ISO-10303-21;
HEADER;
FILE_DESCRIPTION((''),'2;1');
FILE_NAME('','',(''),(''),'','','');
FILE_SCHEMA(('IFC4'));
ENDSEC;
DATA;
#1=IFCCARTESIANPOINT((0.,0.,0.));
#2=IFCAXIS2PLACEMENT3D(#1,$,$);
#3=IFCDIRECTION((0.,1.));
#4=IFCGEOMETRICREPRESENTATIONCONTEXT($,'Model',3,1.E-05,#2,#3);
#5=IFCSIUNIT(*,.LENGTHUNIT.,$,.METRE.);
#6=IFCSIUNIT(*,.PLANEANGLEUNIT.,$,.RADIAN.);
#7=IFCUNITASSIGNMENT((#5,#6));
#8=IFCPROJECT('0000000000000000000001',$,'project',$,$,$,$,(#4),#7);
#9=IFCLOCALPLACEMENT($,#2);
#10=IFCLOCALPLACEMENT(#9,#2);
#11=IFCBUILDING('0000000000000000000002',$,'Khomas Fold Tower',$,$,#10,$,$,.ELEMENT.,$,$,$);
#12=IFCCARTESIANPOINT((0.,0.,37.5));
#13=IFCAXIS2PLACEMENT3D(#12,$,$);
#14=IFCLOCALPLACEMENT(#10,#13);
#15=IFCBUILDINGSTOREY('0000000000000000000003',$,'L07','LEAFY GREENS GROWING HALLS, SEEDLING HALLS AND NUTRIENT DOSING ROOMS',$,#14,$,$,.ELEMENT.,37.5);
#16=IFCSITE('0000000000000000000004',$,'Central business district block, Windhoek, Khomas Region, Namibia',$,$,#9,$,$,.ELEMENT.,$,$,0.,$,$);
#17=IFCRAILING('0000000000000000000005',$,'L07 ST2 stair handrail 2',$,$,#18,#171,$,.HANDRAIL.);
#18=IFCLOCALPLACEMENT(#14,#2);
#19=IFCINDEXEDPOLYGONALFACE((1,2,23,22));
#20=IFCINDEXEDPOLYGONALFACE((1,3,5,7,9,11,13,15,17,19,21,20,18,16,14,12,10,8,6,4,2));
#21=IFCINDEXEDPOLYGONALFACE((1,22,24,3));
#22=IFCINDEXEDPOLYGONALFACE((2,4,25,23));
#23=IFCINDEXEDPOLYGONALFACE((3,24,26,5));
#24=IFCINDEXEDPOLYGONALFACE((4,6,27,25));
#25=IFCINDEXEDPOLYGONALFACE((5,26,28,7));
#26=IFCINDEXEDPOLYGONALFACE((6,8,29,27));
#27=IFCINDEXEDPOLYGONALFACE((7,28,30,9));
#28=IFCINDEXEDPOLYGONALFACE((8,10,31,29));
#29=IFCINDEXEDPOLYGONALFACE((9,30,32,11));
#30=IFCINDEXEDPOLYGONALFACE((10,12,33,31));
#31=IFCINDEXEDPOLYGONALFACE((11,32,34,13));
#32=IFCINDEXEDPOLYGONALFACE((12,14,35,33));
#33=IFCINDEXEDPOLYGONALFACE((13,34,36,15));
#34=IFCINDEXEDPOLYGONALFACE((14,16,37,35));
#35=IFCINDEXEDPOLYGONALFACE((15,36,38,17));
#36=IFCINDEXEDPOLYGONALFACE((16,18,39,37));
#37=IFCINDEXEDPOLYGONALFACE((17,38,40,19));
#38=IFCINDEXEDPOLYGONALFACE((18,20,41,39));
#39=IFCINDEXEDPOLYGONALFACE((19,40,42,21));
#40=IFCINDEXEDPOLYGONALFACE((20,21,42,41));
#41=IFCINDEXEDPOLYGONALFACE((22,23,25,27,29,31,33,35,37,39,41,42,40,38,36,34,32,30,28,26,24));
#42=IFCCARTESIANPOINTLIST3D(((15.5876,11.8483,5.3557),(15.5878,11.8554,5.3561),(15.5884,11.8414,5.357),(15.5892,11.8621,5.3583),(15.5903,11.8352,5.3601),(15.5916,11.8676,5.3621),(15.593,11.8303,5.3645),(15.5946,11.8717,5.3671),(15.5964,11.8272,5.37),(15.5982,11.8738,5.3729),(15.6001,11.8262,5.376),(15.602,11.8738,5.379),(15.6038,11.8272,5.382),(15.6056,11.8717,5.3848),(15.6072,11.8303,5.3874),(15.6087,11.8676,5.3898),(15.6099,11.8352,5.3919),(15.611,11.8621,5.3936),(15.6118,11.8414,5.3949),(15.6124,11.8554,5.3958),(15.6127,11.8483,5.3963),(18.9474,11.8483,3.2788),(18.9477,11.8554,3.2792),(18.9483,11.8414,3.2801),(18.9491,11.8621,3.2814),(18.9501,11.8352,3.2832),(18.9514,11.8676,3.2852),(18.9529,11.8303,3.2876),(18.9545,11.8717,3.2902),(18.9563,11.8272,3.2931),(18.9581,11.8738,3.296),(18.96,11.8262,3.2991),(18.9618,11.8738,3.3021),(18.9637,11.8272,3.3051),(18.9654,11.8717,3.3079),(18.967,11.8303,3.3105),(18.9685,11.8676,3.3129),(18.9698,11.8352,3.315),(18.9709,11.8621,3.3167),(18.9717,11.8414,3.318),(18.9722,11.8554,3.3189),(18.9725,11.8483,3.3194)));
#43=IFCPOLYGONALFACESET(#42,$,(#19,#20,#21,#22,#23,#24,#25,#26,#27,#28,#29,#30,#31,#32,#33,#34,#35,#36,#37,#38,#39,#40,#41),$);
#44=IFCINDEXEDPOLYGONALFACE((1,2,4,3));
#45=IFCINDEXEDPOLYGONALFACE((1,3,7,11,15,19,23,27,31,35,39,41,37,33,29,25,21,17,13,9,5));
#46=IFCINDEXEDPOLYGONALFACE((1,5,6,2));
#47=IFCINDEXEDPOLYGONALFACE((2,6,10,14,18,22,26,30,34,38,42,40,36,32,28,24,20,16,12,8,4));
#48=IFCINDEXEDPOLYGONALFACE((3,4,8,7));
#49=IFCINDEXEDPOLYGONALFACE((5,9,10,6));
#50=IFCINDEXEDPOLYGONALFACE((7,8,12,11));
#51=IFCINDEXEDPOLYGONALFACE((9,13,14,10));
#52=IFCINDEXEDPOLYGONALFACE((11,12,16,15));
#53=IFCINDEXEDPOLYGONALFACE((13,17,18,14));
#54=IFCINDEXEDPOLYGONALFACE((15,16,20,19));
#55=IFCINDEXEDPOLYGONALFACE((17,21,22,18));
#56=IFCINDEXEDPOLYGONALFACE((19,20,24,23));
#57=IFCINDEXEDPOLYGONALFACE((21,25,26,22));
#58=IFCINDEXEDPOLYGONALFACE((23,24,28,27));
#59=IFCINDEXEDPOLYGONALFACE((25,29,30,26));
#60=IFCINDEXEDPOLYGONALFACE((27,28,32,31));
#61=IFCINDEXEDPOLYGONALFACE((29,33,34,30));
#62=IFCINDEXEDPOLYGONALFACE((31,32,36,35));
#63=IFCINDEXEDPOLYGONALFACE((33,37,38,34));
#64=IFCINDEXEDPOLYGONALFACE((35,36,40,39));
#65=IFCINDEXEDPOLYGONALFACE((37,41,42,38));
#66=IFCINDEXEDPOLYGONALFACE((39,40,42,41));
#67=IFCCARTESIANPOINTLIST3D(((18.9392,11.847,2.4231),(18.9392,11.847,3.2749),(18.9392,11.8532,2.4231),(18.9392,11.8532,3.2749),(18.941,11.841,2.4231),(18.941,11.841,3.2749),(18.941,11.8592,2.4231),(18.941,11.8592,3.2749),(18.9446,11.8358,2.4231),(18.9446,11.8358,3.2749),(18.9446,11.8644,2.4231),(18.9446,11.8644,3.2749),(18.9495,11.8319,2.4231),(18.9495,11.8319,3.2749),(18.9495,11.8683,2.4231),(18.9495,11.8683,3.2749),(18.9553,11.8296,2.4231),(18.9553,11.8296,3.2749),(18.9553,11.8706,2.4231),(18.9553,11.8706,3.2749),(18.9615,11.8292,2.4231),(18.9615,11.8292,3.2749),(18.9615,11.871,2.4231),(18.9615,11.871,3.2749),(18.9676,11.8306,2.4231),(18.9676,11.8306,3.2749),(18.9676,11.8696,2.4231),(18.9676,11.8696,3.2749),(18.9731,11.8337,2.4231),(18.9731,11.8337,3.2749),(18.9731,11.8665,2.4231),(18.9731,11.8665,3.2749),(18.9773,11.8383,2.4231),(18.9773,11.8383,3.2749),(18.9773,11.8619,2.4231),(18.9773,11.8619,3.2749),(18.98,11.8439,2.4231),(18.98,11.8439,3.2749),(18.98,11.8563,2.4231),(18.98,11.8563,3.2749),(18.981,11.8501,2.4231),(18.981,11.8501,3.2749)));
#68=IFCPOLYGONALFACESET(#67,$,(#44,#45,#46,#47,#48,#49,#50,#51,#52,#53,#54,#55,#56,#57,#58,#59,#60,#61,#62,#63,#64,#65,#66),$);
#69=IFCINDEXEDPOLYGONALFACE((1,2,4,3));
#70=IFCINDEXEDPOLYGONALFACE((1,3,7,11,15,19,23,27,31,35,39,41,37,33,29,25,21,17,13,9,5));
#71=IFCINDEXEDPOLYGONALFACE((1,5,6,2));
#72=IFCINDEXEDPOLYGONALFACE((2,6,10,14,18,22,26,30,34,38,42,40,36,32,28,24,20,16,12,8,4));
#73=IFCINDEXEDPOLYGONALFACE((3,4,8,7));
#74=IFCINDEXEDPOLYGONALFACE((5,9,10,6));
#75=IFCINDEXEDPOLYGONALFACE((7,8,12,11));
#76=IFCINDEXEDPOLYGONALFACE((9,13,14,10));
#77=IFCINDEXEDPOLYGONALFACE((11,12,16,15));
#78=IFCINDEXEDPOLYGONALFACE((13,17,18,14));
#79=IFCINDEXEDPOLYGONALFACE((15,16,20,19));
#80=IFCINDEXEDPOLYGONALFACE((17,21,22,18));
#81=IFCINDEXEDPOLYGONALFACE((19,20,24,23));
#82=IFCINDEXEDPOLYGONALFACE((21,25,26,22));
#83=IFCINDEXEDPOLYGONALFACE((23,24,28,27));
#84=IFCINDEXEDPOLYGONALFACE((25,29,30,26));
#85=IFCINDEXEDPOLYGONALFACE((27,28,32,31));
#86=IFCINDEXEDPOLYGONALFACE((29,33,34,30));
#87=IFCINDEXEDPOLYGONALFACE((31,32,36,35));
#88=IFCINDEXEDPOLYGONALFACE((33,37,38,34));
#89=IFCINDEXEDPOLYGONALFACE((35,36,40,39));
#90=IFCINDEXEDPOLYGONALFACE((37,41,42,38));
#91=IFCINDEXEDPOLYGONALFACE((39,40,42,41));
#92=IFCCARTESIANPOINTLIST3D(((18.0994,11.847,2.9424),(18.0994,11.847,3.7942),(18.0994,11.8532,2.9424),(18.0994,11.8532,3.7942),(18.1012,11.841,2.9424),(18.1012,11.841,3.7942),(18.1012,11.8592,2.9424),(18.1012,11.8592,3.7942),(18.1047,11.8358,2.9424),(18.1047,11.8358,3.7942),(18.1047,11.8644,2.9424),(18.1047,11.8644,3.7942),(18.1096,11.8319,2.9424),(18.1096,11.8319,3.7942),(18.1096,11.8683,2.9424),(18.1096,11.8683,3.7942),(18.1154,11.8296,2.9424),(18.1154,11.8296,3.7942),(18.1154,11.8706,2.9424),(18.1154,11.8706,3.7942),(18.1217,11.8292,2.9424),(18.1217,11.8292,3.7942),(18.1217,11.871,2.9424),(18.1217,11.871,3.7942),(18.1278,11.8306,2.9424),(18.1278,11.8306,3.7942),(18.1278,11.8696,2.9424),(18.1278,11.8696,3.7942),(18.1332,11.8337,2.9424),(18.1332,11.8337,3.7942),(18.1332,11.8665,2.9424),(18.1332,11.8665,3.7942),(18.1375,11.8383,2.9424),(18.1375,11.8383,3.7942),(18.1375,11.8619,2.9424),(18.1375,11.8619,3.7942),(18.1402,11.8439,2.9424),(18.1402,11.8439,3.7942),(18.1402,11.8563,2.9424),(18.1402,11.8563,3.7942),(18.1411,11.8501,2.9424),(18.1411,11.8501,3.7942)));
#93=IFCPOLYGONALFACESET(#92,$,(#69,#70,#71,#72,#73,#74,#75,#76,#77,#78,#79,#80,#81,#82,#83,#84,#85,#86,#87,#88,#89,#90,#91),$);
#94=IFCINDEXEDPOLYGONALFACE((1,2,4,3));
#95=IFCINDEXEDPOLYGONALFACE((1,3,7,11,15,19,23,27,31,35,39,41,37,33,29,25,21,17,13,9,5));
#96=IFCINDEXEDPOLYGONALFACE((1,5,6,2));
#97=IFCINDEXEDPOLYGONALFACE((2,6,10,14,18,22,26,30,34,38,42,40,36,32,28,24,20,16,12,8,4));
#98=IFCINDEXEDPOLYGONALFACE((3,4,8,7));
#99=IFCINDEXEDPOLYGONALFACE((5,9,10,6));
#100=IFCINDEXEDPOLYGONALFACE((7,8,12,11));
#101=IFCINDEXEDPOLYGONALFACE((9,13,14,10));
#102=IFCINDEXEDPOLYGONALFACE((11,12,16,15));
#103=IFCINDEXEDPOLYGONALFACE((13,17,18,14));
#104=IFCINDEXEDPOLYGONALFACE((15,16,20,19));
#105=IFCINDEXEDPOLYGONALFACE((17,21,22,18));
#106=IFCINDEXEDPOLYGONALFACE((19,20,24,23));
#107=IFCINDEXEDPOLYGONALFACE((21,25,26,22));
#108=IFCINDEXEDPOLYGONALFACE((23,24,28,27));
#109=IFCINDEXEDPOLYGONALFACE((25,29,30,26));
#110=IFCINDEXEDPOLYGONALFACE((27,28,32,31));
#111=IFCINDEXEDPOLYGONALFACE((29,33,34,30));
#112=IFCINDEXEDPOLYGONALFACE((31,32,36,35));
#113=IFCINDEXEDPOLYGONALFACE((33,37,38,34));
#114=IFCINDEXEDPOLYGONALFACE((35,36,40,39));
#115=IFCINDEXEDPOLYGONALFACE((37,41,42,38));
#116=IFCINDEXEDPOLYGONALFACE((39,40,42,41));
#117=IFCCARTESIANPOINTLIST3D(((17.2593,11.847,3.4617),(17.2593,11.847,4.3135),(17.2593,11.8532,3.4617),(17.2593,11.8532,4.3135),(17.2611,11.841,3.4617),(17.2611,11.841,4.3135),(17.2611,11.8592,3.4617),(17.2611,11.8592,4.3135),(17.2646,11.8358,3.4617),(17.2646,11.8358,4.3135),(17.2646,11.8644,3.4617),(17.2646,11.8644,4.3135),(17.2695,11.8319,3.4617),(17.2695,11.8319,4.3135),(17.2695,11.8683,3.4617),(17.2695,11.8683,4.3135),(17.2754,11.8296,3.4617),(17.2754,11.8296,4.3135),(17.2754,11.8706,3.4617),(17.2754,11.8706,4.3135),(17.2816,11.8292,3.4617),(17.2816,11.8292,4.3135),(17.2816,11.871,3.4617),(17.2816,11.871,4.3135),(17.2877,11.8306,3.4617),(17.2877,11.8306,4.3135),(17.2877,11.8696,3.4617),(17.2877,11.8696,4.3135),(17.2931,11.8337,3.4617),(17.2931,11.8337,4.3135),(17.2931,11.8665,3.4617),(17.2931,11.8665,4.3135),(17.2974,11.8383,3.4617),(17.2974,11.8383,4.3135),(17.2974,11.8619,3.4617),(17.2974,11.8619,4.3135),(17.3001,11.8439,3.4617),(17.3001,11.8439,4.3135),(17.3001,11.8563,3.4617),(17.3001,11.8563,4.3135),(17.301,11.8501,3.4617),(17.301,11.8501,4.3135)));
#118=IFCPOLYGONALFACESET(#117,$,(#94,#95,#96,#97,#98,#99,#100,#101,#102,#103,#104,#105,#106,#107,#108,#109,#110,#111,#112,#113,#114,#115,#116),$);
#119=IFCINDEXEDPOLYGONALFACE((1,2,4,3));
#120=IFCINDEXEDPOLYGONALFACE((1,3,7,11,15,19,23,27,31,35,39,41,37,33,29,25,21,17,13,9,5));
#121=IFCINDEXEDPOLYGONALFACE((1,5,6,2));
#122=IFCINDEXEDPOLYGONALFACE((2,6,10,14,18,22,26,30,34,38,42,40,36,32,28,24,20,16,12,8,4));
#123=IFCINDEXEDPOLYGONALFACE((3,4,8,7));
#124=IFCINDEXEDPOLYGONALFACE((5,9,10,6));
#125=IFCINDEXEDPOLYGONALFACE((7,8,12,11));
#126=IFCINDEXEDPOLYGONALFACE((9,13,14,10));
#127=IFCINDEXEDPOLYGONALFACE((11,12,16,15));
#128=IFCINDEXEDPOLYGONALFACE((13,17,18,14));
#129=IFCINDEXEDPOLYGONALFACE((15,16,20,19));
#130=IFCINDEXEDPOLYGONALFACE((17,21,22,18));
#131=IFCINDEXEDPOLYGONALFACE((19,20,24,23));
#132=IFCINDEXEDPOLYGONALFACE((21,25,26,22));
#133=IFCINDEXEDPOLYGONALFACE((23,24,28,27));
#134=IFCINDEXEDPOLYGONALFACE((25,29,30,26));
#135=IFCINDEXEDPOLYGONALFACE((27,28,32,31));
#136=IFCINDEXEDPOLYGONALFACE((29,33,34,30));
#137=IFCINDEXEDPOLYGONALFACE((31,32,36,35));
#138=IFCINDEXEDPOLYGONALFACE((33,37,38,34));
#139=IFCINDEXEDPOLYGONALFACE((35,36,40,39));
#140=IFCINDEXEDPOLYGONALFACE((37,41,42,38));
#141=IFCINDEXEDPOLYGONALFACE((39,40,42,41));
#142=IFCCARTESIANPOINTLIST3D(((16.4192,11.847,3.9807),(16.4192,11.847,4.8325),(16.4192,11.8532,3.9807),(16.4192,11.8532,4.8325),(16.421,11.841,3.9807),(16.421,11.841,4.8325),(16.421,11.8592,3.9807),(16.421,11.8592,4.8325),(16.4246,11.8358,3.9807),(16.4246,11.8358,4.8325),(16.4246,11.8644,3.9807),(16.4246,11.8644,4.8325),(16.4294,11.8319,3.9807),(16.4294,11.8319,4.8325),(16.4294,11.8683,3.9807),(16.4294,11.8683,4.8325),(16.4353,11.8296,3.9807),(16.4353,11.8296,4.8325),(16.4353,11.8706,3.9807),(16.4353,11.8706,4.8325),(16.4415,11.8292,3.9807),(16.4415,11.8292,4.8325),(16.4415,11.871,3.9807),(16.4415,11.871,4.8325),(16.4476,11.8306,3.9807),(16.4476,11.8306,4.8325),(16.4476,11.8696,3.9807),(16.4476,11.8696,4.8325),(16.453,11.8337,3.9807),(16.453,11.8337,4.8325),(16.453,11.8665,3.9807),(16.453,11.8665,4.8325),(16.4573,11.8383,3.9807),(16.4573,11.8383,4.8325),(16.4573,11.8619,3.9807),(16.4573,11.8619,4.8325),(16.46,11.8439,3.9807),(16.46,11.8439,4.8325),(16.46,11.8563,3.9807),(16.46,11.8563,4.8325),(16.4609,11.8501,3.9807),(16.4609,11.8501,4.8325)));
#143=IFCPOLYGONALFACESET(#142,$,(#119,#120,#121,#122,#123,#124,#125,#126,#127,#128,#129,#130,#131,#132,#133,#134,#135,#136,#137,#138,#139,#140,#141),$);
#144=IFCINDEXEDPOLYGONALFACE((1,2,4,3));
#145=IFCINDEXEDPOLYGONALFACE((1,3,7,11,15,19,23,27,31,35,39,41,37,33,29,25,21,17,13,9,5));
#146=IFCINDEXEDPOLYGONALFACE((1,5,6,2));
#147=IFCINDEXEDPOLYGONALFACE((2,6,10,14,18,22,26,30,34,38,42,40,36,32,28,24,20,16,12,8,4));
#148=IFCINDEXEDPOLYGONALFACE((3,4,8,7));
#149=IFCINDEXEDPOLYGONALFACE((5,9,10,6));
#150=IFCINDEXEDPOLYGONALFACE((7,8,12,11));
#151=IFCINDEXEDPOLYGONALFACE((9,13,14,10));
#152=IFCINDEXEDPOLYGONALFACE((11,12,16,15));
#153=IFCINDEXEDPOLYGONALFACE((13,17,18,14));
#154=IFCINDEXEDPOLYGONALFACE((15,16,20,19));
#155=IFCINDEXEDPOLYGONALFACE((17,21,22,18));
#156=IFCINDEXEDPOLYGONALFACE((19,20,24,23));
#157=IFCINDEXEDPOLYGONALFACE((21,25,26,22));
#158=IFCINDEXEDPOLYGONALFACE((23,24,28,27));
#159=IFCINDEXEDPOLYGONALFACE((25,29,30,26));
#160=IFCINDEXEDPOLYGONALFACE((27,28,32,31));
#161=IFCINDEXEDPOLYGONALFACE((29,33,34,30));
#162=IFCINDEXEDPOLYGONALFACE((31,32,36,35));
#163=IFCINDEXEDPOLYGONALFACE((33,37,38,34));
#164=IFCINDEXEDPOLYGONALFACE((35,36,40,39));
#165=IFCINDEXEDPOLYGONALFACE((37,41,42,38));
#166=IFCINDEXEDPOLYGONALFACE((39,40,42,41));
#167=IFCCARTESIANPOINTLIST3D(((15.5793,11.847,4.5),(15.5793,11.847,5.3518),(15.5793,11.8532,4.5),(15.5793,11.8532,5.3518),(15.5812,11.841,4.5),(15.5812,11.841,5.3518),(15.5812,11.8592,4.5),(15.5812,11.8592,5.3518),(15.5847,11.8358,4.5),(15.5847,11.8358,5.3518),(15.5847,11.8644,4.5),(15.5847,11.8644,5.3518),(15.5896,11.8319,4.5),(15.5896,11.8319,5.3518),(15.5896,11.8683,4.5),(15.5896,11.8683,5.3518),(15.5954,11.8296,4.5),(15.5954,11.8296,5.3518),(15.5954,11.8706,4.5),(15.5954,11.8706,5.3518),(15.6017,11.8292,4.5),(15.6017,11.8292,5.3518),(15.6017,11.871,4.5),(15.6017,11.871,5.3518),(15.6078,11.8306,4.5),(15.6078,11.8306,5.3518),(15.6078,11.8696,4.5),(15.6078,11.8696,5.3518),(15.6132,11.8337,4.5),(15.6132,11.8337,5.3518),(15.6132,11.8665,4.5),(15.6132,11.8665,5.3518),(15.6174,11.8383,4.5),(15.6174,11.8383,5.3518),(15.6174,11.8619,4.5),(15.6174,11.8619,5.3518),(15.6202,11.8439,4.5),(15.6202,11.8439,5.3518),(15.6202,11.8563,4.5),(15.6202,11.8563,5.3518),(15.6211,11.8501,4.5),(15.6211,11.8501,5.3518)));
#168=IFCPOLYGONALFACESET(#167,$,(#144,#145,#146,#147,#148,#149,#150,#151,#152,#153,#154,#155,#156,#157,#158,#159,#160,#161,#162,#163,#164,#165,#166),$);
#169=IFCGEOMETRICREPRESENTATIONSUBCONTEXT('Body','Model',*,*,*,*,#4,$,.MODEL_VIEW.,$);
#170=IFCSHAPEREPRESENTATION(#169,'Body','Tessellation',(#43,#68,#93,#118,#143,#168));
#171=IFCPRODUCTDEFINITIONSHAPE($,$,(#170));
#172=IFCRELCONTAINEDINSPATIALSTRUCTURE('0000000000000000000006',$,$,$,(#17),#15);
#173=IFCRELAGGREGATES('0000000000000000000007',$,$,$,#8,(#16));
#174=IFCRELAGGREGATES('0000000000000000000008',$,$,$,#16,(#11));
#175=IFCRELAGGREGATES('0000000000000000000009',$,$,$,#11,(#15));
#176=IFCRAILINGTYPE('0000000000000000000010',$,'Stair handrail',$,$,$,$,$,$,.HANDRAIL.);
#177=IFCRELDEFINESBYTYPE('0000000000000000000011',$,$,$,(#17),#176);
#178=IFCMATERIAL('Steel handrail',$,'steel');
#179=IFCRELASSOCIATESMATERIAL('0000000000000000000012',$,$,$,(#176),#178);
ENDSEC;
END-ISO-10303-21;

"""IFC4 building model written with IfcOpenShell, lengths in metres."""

from ifc_helpers import new_model, si_unit, direction, frame, origin, origin_2d, place, context, subcontext, project, spatial, circle, extrude, source, transform, mapped, material, type_object, element, save


model = new_model("IFC4")

# Units and contexts
model_context = context("Model", 3, precision=1e-05, world=origin(), true_north=direction((0.0, 1.0)))
body_context = subcontext(model_context, "Body", "Model", "MODEL_VIEW")
ifc_project = project(units=[si_unit("LENGTHUNIT", "METRE"), si_unit("PLANEANGLEUNIT", "RADIAN")], contexts=[model_context])

# Site, building, storey
site_placement = place(None, origin())
site = spatial("IfcSite", under=ifc_project, at=site_placement, Name="Central business district block, Windhoek, Khomas Region, Namibia", CompositionType="ELEMENT", RefElevation=0.0)
building_placement = place(site_placement, origin())
building = spatial("IfcBuilding", under=site, at=building_placement, Name="Khomas Fold Tower", CompositionType="ELEMENT")
storey_placement = place(building_placement, frame((0.0, 0.0, 37.5)))
storey = spatial("IfcBuildingStorey", under=building, at=storey_placement, Name="L07", Description="LEAFY GREENS GROWING HALLS, SEEDLING HALLS AND NUTRIENT DOSING ROOMS", CompositionType="ELEMENT", Elevation=37.5)

# Railing
ifc_material_1 = material(Name="Steel handrail", Category="steel")
railing_type_1 = type_object("IfcRailingType", Name="Stair handrail", PredefinedType="HANDRAIL", material=ifc_material_1)
shared_shape_1 = source(origin(), body_context, "Body", "SweptSolid", [
    extrude(circle(Radius=0.0239, at=origin_2d()), frame((0.0, 0.0, 0.876), z_axis=(-0.850606, 0.0, 0.525803), x_axis=(0.0, -1.0, 0.0)), (0.0, 0.0, 1.0), 3.95),
    extrude(circle(Radius=0.021, at=origin_2d()), origin(), (0.0, 0.0, 1.0), 0.8518),
    extrude(circle(Radius=0.021, at=origin_2d()), frame((-0.8398, 0.0, 0.5193)), (0.0, 0.0, 1.0), 0.8518),
    extrude(circle(Radius=0.021, at=origin_2d()), frame((-1.6799, 0.0, 1.0386)), (0.0, 0.0, 1.0), 0.8518),
    extrude(circle(Radius=0.021, at=origin_2d()), frame((-2.52, 0.0, 1.5576)), (0.0, 0.0, 1.0), 0.8518),
    extrude(circle(Radius=0.021, at=origin_2d()), frame((-3.3599, 0.0, 2.0769)), (0.0, 0.0, 1.0), 0.8518),
])
railing_1_placement = place(storey_placement, frame((18.96, 11.8501, 2.4231)))
element("IfcRailing", 1, at=railing_1_placement, inside=storey, type_object=railing_type_1, Name="L07 ST2 stair handrail 2", PredefinedType="HANDRAIL", context=body_context, shape_type="MappedRepresentation", body=[
    mapped(shared_shape_1, transform((0.0, 0.0, 0.0))),
])

save(model, "model.ifc")
